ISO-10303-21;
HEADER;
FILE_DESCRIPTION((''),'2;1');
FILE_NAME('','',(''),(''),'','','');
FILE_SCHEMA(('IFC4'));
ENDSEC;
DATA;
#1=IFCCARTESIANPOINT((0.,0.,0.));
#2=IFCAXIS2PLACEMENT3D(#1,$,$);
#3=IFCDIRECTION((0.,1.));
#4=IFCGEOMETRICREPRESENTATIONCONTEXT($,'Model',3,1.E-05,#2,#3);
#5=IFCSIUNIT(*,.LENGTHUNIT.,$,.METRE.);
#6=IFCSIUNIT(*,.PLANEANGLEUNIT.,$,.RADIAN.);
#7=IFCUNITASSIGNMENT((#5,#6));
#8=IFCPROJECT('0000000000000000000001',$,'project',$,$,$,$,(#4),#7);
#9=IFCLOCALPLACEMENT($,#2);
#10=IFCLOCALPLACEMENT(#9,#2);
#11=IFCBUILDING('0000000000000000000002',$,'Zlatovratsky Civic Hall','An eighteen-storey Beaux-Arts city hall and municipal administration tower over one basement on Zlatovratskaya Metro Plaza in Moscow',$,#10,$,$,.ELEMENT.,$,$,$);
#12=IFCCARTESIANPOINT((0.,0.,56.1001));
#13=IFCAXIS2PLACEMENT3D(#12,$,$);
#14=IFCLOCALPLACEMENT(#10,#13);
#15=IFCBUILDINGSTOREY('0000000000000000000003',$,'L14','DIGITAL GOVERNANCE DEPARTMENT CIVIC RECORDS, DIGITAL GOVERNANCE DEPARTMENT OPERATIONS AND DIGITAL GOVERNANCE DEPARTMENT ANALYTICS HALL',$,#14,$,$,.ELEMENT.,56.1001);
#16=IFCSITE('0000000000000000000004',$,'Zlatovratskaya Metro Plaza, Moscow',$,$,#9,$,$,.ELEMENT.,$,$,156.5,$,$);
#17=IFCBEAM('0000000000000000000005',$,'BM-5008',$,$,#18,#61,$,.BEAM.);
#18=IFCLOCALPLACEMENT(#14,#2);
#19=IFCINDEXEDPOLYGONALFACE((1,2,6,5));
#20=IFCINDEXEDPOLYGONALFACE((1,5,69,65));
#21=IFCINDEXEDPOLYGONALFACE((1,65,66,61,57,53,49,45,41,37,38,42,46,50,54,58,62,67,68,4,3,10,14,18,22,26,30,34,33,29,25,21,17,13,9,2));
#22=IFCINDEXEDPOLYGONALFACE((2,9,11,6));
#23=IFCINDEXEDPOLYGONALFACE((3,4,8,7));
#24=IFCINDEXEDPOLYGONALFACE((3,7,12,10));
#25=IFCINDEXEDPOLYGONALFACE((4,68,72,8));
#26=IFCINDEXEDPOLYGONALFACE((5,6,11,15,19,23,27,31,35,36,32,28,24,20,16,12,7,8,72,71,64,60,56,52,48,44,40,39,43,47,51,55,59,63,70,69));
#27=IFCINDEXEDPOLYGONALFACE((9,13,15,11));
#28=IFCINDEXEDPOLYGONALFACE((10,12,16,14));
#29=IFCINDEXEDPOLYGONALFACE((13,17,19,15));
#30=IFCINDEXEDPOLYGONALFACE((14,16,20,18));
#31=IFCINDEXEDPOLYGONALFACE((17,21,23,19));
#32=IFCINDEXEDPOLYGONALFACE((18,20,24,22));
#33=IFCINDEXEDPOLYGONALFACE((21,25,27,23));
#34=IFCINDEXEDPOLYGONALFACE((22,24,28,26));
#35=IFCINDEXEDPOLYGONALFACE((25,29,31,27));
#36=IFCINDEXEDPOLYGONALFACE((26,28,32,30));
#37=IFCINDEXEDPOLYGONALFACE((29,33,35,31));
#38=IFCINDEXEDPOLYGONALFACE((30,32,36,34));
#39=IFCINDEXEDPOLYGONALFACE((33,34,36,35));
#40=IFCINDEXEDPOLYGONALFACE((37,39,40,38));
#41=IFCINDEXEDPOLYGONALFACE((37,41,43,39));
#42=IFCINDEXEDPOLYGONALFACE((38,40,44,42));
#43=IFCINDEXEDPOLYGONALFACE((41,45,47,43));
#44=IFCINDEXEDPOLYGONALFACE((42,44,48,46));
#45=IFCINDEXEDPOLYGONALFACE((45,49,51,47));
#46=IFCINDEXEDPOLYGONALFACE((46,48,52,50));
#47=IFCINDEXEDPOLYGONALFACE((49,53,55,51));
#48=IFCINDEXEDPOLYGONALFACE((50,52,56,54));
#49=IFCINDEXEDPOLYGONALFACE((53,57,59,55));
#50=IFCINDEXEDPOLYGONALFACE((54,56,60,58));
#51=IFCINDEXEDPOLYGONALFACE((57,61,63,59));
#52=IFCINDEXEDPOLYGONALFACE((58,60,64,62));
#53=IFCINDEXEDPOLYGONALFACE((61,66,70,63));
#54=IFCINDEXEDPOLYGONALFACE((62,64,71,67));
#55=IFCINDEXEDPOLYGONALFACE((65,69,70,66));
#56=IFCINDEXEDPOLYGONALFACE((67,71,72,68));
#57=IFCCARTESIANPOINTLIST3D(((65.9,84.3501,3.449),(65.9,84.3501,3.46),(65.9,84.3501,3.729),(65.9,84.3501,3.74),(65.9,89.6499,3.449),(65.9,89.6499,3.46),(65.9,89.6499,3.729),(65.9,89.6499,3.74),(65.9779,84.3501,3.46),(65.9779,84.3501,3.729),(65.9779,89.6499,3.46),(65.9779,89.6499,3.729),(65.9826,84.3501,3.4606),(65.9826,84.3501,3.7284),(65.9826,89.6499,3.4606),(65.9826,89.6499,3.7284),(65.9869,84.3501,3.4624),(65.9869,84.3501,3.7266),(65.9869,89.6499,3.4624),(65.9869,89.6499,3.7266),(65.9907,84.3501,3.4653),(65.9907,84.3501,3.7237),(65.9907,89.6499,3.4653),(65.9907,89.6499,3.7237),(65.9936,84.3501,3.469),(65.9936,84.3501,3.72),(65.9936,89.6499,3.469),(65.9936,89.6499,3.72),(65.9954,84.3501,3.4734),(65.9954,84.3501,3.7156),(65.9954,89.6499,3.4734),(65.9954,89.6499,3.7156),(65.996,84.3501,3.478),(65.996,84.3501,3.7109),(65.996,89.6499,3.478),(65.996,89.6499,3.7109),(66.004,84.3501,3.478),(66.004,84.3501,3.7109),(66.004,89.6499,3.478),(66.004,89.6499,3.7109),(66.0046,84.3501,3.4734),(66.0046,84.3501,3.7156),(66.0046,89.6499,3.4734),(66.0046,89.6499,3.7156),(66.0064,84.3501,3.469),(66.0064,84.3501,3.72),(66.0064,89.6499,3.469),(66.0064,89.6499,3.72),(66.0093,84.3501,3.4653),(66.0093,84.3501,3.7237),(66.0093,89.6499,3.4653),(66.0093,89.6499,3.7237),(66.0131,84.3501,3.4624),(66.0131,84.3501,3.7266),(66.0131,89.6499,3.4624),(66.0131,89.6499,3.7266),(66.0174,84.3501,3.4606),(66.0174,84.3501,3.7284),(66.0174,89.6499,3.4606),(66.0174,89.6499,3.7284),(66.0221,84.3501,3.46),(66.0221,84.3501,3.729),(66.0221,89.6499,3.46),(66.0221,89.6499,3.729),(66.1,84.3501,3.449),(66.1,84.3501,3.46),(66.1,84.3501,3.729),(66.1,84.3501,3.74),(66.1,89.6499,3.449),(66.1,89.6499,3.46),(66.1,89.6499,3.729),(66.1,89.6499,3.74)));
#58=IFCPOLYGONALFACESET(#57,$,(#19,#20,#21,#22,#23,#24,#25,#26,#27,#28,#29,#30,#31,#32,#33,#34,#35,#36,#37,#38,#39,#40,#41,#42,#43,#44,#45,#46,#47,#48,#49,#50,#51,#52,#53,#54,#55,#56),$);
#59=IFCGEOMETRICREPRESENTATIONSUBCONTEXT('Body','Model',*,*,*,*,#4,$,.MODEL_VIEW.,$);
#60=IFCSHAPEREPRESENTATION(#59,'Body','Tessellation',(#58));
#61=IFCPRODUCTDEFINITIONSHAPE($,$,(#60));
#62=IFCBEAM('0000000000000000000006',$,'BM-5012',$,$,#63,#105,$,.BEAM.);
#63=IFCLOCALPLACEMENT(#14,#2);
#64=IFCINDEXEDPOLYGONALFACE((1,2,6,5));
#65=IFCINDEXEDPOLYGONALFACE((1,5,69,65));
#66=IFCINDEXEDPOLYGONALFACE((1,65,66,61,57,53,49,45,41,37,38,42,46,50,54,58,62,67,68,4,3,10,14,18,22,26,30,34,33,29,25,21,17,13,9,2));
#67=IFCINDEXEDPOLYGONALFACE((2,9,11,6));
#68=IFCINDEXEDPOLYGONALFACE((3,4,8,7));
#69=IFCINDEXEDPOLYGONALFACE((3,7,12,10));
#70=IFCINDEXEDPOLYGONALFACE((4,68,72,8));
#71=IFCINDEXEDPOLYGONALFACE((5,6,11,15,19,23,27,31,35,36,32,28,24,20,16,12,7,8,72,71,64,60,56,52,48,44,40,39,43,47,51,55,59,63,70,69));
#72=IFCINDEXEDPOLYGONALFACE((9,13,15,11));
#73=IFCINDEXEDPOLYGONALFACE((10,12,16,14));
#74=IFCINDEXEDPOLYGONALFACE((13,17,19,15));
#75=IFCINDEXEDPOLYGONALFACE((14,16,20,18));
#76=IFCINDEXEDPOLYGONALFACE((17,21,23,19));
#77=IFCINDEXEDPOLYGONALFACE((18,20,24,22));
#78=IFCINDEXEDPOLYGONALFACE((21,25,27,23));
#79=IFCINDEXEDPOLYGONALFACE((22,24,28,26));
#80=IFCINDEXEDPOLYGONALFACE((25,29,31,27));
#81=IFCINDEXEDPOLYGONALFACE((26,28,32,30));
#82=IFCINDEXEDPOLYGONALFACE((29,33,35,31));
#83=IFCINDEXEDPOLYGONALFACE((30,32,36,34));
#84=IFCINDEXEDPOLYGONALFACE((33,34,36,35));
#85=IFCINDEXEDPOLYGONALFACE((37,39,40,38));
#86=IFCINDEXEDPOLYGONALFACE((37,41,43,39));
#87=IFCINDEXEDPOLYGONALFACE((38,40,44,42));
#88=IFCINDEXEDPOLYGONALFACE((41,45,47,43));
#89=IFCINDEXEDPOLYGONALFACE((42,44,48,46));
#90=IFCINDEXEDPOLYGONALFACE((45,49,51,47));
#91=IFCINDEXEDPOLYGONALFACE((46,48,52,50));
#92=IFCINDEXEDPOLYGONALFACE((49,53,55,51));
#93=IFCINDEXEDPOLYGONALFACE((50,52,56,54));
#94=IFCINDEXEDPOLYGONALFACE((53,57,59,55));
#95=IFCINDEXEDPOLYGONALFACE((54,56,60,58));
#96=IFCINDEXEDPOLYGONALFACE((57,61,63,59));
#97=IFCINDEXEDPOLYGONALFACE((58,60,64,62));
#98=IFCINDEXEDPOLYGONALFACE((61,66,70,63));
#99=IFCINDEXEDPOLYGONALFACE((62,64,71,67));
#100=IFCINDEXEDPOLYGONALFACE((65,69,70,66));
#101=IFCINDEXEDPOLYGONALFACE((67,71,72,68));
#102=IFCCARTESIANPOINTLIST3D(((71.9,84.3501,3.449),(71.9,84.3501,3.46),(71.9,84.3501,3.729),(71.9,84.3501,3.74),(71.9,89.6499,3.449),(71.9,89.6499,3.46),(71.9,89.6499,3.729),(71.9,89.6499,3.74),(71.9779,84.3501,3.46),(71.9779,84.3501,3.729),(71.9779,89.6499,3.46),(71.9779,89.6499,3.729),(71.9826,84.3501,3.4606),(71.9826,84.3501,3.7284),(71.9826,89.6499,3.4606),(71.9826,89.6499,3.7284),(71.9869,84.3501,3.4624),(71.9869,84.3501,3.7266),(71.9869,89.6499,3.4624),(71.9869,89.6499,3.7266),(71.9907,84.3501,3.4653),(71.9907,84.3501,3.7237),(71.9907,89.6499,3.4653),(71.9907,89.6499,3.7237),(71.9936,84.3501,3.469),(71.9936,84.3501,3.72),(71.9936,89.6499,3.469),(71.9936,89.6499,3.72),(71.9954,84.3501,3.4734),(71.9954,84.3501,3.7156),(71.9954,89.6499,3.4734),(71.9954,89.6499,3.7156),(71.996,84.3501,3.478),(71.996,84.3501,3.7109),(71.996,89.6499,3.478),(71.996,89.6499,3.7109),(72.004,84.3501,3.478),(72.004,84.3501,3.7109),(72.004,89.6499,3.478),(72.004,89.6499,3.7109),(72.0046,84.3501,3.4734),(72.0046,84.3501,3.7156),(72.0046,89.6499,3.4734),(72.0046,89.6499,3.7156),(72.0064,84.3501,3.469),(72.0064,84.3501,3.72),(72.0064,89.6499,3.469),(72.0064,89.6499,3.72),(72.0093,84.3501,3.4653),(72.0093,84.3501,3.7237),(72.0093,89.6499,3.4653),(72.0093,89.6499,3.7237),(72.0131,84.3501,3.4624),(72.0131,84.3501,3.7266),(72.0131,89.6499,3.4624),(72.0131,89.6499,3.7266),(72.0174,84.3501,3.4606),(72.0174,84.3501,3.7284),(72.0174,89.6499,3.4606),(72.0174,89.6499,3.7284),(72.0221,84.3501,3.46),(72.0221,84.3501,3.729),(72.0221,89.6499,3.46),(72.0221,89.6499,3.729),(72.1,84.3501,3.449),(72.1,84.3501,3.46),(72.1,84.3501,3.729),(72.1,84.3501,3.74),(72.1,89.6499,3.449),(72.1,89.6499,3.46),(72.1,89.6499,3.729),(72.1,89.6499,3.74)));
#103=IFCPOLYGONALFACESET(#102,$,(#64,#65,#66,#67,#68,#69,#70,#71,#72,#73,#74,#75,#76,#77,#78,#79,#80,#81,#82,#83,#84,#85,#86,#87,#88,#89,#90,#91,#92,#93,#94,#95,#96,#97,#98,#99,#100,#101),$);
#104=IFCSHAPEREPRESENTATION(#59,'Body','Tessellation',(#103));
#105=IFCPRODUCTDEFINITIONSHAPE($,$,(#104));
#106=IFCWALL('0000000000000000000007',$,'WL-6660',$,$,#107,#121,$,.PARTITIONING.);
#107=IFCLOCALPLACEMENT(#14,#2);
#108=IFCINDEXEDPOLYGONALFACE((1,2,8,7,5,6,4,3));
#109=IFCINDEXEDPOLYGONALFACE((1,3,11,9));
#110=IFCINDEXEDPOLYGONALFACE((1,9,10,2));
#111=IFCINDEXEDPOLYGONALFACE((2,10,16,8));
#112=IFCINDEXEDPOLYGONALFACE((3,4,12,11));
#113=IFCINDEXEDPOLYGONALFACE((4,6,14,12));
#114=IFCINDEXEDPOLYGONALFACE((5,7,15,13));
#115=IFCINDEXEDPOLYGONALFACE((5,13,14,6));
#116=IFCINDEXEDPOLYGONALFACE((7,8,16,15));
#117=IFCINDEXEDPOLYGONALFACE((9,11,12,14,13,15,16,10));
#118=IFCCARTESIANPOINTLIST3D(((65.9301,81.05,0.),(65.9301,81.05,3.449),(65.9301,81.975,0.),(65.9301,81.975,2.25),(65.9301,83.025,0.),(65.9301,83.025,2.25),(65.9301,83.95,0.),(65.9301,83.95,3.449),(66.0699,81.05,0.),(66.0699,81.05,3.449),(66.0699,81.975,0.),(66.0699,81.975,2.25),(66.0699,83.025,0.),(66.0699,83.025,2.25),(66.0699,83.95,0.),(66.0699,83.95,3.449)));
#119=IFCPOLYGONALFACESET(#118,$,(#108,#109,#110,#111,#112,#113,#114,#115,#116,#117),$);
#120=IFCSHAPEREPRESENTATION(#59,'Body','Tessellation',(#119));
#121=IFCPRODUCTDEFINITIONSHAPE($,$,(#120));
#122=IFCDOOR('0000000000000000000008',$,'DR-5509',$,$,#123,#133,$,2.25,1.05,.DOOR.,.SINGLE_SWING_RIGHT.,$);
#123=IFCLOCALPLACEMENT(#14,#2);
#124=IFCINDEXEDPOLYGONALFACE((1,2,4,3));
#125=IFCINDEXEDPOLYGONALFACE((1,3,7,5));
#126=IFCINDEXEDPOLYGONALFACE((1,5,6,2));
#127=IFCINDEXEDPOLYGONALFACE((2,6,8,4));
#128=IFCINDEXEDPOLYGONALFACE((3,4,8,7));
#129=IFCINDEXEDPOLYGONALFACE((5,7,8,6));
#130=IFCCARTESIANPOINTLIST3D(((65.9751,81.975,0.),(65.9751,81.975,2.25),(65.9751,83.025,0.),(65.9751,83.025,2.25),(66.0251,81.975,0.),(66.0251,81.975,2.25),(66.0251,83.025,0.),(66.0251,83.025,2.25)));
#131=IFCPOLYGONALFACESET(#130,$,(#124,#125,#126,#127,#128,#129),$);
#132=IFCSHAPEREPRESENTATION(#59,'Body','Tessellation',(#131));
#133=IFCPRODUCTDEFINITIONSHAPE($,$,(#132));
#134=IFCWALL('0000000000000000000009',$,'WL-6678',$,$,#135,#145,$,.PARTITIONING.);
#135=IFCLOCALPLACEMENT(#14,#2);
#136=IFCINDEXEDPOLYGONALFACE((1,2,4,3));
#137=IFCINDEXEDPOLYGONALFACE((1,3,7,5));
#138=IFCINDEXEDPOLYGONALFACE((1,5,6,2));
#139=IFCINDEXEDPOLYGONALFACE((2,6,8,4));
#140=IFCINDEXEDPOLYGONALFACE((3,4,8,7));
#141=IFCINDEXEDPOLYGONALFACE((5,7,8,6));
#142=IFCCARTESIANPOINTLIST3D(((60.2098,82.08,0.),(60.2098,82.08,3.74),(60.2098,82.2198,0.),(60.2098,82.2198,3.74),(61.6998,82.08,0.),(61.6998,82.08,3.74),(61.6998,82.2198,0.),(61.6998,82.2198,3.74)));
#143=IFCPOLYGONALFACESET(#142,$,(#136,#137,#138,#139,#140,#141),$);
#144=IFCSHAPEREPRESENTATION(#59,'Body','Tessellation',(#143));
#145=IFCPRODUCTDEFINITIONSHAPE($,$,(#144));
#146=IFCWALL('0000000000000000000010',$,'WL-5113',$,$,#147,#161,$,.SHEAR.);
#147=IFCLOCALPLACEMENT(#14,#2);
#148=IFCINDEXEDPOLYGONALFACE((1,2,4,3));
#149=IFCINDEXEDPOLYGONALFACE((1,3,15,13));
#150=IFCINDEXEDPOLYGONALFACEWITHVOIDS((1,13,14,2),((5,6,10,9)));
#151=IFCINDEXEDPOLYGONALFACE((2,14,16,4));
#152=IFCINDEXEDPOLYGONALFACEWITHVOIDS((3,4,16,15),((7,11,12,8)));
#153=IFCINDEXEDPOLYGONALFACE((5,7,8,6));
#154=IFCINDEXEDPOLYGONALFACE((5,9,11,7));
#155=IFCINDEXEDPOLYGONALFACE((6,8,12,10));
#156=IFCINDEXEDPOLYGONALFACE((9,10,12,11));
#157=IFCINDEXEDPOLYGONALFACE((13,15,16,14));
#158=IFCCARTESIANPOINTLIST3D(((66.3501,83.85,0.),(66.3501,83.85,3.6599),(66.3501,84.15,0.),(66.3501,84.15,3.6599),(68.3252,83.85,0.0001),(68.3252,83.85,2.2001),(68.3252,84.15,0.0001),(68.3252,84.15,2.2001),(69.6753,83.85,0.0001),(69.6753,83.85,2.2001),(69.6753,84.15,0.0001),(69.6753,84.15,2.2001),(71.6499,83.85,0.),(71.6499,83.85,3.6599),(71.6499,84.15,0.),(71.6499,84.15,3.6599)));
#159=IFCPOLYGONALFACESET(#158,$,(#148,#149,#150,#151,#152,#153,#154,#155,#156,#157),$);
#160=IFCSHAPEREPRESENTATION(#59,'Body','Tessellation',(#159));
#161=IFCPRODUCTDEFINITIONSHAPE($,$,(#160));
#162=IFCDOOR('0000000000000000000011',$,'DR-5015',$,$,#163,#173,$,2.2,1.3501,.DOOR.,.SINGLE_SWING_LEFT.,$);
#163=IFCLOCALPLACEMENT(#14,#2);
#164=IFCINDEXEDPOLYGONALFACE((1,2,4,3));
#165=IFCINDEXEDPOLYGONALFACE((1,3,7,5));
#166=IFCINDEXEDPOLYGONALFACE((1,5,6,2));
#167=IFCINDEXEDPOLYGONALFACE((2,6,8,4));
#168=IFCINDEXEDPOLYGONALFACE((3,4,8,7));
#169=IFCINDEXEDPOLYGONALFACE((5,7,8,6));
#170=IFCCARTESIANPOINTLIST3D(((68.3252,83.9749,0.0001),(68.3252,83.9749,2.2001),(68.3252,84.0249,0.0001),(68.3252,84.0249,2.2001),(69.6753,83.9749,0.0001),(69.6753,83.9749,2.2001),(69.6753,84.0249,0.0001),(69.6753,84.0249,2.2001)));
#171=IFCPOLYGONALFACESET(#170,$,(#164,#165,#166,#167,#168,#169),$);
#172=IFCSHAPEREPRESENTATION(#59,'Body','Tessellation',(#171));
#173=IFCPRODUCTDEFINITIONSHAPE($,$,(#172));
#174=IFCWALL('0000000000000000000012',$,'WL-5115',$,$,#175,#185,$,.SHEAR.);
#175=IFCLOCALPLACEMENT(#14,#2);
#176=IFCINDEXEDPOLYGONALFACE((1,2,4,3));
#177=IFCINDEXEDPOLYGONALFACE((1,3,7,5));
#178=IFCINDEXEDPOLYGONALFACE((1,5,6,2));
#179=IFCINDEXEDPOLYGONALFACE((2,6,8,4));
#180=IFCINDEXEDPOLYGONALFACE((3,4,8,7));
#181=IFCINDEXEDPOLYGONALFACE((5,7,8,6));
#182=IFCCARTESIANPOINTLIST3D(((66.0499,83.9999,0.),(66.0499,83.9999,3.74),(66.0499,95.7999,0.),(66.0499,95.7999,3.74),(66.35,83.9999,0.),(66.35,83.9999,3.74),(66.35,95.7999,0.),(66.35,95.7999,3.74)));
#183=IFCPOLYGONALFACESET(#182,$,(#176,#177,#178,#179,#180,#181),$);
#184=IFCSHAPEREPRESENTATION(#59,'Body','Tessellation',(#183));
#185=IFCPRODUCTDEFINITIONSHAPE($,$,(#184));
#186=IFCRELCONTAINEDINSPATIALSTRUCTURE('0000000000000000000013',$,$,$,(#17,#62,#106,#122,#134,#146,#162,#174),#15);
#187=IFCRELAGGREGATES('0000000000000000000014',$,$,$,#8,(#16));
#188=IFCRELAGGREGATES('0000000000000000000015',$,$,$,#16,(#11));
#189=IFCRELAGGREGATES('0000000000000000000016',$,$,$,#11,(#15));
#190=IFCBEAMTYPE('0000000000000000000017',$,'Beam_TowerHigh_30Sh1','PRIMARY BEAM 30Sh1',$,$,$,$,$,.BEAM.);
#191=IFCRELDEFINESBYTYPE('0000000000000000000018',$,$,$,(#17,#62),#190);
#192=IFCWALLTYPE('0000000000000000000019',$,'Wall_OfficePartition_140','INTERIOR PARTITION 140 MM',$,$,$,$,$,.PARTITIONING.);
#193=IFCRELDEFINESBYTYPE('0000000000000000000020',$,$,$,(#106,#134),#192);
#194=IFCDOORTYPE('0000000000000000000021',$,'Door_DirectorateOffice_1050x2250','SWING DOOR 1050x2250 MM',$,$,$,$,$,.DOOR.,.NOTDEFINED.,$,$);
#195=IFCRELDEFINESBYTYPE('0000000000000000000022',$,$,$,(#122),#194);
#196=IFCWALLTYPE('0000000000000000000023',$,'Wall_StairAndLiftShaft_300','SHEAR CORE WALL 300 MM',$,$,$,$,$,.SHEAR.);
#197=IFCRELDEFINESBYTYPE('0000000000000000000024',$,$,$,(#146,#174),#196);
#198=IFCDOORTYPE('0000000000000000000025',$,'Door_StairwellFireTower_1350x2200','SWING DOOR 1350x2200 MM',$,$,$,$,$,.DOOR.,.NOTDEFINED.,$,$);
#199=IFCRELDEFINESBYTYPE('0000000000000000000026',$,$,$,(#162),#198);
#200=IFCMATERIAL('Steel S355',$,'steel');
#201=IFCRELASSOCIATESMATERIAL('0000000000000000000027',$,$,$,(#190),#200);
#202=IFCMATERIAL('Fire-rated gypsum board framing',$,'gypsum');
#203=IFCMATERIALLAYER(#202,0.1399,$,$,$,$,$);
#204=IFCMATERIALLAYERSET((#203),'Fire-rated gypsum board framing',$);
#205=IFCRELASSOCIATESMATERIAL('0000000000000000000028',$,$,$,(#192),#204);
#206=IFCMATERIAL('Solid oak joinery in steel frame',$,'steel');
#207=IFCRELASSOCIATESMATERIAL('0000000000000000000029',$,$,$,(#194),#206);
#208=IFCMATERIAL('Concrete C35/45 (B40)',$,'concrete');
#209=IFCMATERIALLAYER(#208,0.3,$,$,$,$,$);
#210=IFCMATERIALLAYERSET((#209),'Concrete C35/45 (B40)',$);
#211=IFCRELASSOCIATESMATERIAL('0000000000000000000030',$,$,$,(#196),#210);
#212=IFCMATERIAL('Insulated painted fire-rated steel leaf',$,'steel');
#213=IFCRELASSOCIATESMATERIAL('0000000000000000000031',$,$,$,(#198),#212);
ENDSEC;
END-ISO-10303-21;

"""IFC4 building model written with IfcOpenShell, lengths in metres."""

from ifc_helpers import new_model, si_unit, direction, frame, frame_2d, origin, origin_2d, place, context, subcontext, project, spatial, rectangle, i_section, extrude, material, layer, layer_set, material_profile, profile_set, type_object, element, fill, save


model = new_model("IFC4")

# Units and contexts
model_context = context("Model", 3, precision=1e-05, world=origin(), true_north=direction((0.0, 1.0)))
body_context = subcontext(model_context, "Body", "Model", "MODEL_VIEW")
ifc_project = project(units=[si_unit("LENGTHUNIT", "METRE"), si_unit("PLANEANGLEUNIT", "RADIAN")], contexts=[model_context])

# Site, building, storey
site_placement = place(None, origin())
site = spatial("IfcSite", under=ifc_project, at=site_placement, Name="Zlatovratskaya Metro Plaza, Moscow", CompositionType="ELEMENT", RefElevation=156.5)
building_placement = place(site_placement, origin())
building = spatial("IfcBuilding", under=site, at=building_placement, Name="Zlatovratsky Civic Hall", Description="An eighteen-storey Beaux-Arts city hall and municipal administration tower over one basement on Zlatovratskaya Metro Plaza in Moscow", CompositionType="ELEMENT")
storey_placement = place(building_placement, frame((0.0, 0.0, 56.1001)))
storey = spatial("IfcBuildingStorey", under=building, at=storey_placement, Name="L14", Description="DIGITAL GOVERNANCE DEPARTMENT CIVIC RECORDS, DIGITAL GOVERNANCE DEPARTMENT OPERATIONS AND DIGITAL GOVERNANCE DEPARTMENT ANALYTICS HALL", CompositionType="ELEMENT", Elevation=56.1001)

# Shared definitions
ifc_material_1 = material(Name="Concrete C35/45 (B40)", Category="concrete")

# Beams
ifc_material_2 = material(Name="Steel S355", Category="steel")
ifc_material_profile_1 = material_profile(ifc_material_2, i_section(OverallWidth=0.2, OverallDepth=0.291, WebThickness=0.0081, FlangeThickness=0.011, FilletRadius=0.0181, at=origin_2d()), Name="30Sh1")
ifc_profile_set_1 = profile_set([ifc_material_profile_1], Name="Steel S355")
beam_type_1 = type_object("IfcBeamType", Name="Beam_TowerHigh_30Sh1", Description="PRIMARY BEAM 30Sh1", PredefinedType="BEAM", material=ifc_profile_set_1)
for number, where, z_axis, x_axis, name in (
    (1, (66.0, 84.3501, 3.5945), (0.0, 1.0, 0.0), (-1.0, 0.0, 0.0), "BM-5008"),
    (2, (72.0, 84.3501, 3.5945), (0.0, 1.0, 0.0), (-1.0, 0.0, 0.0), "BM-5012"),
):
    element("IfcBeam", number, at=place(storey_placement, frame(where, z_axis=z_axis, x_axis=x_axis)), inside=storey, type_object=beam_type_1, Name=name, PredefinedType="BEAM", context=body_context, shape_type="SweptSolid", body=[
        extrude(i_section(OverallWidth=0.2, OverallDepth=0.291, WebThickness=0.0081, FlangeThickness=0.011, FilletRadius=0.0181, at=origin_2d()), origin(), (0.0, 0.0, 1.0), 5.2998),
    ])

# Wall, opening, door
ifc_material_3 = material(Name="Fire-rated gypsum board framing", Category="gypsum")
ifc_layer_1 = layer(ifc_material_3, 0.1399)
ifc_layer_set_1 = layer_set([ifc_layer_1], Name="Fire-rated gypsum board framing")
wall_type_1 = type_object("IfcWallType", Name="Wall_OfficePartition_140", Description="INTERIOR PARTITION 140 MM", PredefinedType="PARTITIONING", material=ifc_layer_set_1)
wall_1_placement = place(storey_placement, frame((66.0, 81.05, 0.0), z_axis=(0.0, 0.0, 1.0), x_axis=(0.0, 1.0, 0.0)))
wall_1 = element("IfcWall", 3, at=wall_1_placement, inside=storey, type_object=wall_type_1, Name="WL-6660", PredefinedType="PARTITIONING", context=body_context, shape_type="SweptSolid", body=[
    extrude(rectangle(XDim=2.8999, YDim=0.1399, at=frame_2d((1.45, 0.0))), origin(), (0.0, 0.0, 1.0), 3.449),
])
opening_1_placement = place(wall_1_placement, frame((0.925, 0.0, 0.0)))
opening_1 = element("IfcOpeningElement", 4, at=opening_1_placement, cuts=wall_1, PredefinedType="OPENING", context=body_context, shape_type="SweptSolid", body=[
    extrude(rectangle(XDim=1.05, YDim=2.25, at=frame_2d((0.5249, 1.125))), frame((0.0, 0.085, 0.0), z_axis=(0.0, -1.0, 0.0), x_axis=(1.0, 0.0, 0.0)), (0.0, 0.0, 1.0), 0.1697),
])
ifc_material_4 = material(Name="Solid oak joinery in steel frame", Category="steel")
door_type_1 = type_object("IfcDoorType", Name="Door_DirectorateOffice_1050x2250", Description="SWING DOOR 1050x2250 MM", OperationType="NOTDEFINED", PredefinedType="DOOR", material=ifc_material_4)
door_1_placement = place(opening_1_placement, origin())
door_1 = element("IfcDoor", 5, at=door_1_placement, inside=storey, type_object=door_type_1, Name="DR-5509", OperationType="SINGLE_SWING_RIGHT", OverallHeight=2.25, OverallWidth=1.05, PredefinedType="DOOR", context=body_context, shape_type="SweptSolid", body=[
    extrude(rectangle(XDim=1.05, YDim=2.25, at=frame_2d((0.5249, 1.125))), frame((0.0, 0.0249, 0.0), z_axis=(0.0, -1.0, 0.0), x_axis=(1.0, 0.0, 0.0)), (0.0, 0.0, 1.0), 0.05),
])
fill(opening_1, door_1)

# Wall
wall_2_placement = place(storey_placement, frame((61.7, 82.1499, 0.0), z_axis=(0.0, 0.0, 1.0), x_axis=(-1.0, 0.0, 0.0)))
element("IfcWall", 6, at=wall_2_placement, inside=storey, type_object=wall_type_1, Name="WL-6678", PredefinedType="PARTITIONING", context=body_context, shape_type="SweptSolid", body=[
    extrude(rectangle(XDim=1.49, YDim=0.1399, at=frame_2d((0.7451, 0.0))), origin(), (0.0, 0.0, 1.0), 3.74),
])

# Wall, opening, door
ifc_layer_2 = layer(ifc_material_1, 0.3)
ifc_layer_set_2 = layer_set([ifc_layer_2], Name="Concrete C35/45 (B40)")
wall_type_2 = type_object("IfcWallType", Name="Wall_StairAndLiftShaft_300", Description="SHEAR CORE WALL 300 MM", PredefinedType="SHEAR", material=ifc_layer_set_2)
wall_3_placement = place(storey_placement, frame((66.3501, 84.0, 0.0), z_axis=(0.0, 0.0, 1.0), x_axis=(1.0, 0.0, 0.0)))
wall_3 = element("IfcWall", 7, at=wall_3_placement, inside=storey, type_object=wall_type_2, Name="WL-5113", PredefinedType="SHEAR", context=body_context, shape_type="SweptSolid", body=[
    extrude(rectangle(XDim=5.2998, YDim=0.3, at=frame_2d((2.6499, 0.0))), origin(), (0.0, 0.0, 1.0), 3.6599),
])
opening_2_placement = place(wall_3_placement, frame((1.9751, 0.0, 0.0)))
opening_2 = element("IfcOpeningElement", 8, at=opening_2_placement, cuts=wall_3, PredefinedType="OPENING", context=body_context, shape_type="SweptSolid", body=[
    extrude(rectangle(XDim=1.3501, YDim=2.2, at=frame_2d((0.675, 1.1001))), frame((0.0, 0.165, 0.0), z_axis=(0.0, -1.0, 0.0), x_axis=(1.0, 0.0, 0.0)), (0.0, 0.0, 1.0), 0.3298),
])
ifc_material_5 = material(Name="Insulated painted fire-rated steel leaf", Category="steel")
door_type_2 = type_object("IfcDoorType", Name="Door_StairwellFireTower_1350x2200", Description="SWING DOOR 1350x2200 MM", OperationType="NOTDEFINED", PredefinedType="DOOR", material=ifc_material_5)
door_2_placement = place(opening_2_placement, origin())
door_2 = element("IfcDoor", 9, at=door_2_placement, inside=storey, type_object=door_type_2, Name="DR-5015", OperationType="SINGLE_SWING_LEFT", OverallHeight=2.2, OverallWidth=1.3501, PredefinedType="DOOR", context=body_context, shape_type="SweptSolid", body=[
    extrude(rectangle(XDim=1.3501, YDim=2.2, at=frame_2d((0.675, 1.1001))), frame((0.0, 0.0249, 0.0), z_axis=(0.0, -1.0, 0.0), x_axis=(1.0, 0.0, 0.0)), (0.0, 0.0, 1.0), 0.05),
])
fill(opening_2, door_2)

# Wall
for number, where, z_axis, x_axis, name in (
    (10, (66.2, 84.0, 0.0), (0.0, 0.0, 1.0), (0.0, 1.0, 0.0), "WL-5115"),
):
    element("IfcWall", number, at=place(storey_placement, frame(where, z_axis=z_axis, x_axis=x_axis)), inside=storey, type_object=wall_type_2, Name=name, PredefinedType="SHEAR", context=body_context, shape_type="SweptSolid", body=[
        extrude(rectangle(XDim=11.8, YDim=0.3, at=frame_2d((5.8999, 0.0))), origin(), (0.0, 0.0, 1.0), 3.74),
    ])

save(model, "model.ifc")
